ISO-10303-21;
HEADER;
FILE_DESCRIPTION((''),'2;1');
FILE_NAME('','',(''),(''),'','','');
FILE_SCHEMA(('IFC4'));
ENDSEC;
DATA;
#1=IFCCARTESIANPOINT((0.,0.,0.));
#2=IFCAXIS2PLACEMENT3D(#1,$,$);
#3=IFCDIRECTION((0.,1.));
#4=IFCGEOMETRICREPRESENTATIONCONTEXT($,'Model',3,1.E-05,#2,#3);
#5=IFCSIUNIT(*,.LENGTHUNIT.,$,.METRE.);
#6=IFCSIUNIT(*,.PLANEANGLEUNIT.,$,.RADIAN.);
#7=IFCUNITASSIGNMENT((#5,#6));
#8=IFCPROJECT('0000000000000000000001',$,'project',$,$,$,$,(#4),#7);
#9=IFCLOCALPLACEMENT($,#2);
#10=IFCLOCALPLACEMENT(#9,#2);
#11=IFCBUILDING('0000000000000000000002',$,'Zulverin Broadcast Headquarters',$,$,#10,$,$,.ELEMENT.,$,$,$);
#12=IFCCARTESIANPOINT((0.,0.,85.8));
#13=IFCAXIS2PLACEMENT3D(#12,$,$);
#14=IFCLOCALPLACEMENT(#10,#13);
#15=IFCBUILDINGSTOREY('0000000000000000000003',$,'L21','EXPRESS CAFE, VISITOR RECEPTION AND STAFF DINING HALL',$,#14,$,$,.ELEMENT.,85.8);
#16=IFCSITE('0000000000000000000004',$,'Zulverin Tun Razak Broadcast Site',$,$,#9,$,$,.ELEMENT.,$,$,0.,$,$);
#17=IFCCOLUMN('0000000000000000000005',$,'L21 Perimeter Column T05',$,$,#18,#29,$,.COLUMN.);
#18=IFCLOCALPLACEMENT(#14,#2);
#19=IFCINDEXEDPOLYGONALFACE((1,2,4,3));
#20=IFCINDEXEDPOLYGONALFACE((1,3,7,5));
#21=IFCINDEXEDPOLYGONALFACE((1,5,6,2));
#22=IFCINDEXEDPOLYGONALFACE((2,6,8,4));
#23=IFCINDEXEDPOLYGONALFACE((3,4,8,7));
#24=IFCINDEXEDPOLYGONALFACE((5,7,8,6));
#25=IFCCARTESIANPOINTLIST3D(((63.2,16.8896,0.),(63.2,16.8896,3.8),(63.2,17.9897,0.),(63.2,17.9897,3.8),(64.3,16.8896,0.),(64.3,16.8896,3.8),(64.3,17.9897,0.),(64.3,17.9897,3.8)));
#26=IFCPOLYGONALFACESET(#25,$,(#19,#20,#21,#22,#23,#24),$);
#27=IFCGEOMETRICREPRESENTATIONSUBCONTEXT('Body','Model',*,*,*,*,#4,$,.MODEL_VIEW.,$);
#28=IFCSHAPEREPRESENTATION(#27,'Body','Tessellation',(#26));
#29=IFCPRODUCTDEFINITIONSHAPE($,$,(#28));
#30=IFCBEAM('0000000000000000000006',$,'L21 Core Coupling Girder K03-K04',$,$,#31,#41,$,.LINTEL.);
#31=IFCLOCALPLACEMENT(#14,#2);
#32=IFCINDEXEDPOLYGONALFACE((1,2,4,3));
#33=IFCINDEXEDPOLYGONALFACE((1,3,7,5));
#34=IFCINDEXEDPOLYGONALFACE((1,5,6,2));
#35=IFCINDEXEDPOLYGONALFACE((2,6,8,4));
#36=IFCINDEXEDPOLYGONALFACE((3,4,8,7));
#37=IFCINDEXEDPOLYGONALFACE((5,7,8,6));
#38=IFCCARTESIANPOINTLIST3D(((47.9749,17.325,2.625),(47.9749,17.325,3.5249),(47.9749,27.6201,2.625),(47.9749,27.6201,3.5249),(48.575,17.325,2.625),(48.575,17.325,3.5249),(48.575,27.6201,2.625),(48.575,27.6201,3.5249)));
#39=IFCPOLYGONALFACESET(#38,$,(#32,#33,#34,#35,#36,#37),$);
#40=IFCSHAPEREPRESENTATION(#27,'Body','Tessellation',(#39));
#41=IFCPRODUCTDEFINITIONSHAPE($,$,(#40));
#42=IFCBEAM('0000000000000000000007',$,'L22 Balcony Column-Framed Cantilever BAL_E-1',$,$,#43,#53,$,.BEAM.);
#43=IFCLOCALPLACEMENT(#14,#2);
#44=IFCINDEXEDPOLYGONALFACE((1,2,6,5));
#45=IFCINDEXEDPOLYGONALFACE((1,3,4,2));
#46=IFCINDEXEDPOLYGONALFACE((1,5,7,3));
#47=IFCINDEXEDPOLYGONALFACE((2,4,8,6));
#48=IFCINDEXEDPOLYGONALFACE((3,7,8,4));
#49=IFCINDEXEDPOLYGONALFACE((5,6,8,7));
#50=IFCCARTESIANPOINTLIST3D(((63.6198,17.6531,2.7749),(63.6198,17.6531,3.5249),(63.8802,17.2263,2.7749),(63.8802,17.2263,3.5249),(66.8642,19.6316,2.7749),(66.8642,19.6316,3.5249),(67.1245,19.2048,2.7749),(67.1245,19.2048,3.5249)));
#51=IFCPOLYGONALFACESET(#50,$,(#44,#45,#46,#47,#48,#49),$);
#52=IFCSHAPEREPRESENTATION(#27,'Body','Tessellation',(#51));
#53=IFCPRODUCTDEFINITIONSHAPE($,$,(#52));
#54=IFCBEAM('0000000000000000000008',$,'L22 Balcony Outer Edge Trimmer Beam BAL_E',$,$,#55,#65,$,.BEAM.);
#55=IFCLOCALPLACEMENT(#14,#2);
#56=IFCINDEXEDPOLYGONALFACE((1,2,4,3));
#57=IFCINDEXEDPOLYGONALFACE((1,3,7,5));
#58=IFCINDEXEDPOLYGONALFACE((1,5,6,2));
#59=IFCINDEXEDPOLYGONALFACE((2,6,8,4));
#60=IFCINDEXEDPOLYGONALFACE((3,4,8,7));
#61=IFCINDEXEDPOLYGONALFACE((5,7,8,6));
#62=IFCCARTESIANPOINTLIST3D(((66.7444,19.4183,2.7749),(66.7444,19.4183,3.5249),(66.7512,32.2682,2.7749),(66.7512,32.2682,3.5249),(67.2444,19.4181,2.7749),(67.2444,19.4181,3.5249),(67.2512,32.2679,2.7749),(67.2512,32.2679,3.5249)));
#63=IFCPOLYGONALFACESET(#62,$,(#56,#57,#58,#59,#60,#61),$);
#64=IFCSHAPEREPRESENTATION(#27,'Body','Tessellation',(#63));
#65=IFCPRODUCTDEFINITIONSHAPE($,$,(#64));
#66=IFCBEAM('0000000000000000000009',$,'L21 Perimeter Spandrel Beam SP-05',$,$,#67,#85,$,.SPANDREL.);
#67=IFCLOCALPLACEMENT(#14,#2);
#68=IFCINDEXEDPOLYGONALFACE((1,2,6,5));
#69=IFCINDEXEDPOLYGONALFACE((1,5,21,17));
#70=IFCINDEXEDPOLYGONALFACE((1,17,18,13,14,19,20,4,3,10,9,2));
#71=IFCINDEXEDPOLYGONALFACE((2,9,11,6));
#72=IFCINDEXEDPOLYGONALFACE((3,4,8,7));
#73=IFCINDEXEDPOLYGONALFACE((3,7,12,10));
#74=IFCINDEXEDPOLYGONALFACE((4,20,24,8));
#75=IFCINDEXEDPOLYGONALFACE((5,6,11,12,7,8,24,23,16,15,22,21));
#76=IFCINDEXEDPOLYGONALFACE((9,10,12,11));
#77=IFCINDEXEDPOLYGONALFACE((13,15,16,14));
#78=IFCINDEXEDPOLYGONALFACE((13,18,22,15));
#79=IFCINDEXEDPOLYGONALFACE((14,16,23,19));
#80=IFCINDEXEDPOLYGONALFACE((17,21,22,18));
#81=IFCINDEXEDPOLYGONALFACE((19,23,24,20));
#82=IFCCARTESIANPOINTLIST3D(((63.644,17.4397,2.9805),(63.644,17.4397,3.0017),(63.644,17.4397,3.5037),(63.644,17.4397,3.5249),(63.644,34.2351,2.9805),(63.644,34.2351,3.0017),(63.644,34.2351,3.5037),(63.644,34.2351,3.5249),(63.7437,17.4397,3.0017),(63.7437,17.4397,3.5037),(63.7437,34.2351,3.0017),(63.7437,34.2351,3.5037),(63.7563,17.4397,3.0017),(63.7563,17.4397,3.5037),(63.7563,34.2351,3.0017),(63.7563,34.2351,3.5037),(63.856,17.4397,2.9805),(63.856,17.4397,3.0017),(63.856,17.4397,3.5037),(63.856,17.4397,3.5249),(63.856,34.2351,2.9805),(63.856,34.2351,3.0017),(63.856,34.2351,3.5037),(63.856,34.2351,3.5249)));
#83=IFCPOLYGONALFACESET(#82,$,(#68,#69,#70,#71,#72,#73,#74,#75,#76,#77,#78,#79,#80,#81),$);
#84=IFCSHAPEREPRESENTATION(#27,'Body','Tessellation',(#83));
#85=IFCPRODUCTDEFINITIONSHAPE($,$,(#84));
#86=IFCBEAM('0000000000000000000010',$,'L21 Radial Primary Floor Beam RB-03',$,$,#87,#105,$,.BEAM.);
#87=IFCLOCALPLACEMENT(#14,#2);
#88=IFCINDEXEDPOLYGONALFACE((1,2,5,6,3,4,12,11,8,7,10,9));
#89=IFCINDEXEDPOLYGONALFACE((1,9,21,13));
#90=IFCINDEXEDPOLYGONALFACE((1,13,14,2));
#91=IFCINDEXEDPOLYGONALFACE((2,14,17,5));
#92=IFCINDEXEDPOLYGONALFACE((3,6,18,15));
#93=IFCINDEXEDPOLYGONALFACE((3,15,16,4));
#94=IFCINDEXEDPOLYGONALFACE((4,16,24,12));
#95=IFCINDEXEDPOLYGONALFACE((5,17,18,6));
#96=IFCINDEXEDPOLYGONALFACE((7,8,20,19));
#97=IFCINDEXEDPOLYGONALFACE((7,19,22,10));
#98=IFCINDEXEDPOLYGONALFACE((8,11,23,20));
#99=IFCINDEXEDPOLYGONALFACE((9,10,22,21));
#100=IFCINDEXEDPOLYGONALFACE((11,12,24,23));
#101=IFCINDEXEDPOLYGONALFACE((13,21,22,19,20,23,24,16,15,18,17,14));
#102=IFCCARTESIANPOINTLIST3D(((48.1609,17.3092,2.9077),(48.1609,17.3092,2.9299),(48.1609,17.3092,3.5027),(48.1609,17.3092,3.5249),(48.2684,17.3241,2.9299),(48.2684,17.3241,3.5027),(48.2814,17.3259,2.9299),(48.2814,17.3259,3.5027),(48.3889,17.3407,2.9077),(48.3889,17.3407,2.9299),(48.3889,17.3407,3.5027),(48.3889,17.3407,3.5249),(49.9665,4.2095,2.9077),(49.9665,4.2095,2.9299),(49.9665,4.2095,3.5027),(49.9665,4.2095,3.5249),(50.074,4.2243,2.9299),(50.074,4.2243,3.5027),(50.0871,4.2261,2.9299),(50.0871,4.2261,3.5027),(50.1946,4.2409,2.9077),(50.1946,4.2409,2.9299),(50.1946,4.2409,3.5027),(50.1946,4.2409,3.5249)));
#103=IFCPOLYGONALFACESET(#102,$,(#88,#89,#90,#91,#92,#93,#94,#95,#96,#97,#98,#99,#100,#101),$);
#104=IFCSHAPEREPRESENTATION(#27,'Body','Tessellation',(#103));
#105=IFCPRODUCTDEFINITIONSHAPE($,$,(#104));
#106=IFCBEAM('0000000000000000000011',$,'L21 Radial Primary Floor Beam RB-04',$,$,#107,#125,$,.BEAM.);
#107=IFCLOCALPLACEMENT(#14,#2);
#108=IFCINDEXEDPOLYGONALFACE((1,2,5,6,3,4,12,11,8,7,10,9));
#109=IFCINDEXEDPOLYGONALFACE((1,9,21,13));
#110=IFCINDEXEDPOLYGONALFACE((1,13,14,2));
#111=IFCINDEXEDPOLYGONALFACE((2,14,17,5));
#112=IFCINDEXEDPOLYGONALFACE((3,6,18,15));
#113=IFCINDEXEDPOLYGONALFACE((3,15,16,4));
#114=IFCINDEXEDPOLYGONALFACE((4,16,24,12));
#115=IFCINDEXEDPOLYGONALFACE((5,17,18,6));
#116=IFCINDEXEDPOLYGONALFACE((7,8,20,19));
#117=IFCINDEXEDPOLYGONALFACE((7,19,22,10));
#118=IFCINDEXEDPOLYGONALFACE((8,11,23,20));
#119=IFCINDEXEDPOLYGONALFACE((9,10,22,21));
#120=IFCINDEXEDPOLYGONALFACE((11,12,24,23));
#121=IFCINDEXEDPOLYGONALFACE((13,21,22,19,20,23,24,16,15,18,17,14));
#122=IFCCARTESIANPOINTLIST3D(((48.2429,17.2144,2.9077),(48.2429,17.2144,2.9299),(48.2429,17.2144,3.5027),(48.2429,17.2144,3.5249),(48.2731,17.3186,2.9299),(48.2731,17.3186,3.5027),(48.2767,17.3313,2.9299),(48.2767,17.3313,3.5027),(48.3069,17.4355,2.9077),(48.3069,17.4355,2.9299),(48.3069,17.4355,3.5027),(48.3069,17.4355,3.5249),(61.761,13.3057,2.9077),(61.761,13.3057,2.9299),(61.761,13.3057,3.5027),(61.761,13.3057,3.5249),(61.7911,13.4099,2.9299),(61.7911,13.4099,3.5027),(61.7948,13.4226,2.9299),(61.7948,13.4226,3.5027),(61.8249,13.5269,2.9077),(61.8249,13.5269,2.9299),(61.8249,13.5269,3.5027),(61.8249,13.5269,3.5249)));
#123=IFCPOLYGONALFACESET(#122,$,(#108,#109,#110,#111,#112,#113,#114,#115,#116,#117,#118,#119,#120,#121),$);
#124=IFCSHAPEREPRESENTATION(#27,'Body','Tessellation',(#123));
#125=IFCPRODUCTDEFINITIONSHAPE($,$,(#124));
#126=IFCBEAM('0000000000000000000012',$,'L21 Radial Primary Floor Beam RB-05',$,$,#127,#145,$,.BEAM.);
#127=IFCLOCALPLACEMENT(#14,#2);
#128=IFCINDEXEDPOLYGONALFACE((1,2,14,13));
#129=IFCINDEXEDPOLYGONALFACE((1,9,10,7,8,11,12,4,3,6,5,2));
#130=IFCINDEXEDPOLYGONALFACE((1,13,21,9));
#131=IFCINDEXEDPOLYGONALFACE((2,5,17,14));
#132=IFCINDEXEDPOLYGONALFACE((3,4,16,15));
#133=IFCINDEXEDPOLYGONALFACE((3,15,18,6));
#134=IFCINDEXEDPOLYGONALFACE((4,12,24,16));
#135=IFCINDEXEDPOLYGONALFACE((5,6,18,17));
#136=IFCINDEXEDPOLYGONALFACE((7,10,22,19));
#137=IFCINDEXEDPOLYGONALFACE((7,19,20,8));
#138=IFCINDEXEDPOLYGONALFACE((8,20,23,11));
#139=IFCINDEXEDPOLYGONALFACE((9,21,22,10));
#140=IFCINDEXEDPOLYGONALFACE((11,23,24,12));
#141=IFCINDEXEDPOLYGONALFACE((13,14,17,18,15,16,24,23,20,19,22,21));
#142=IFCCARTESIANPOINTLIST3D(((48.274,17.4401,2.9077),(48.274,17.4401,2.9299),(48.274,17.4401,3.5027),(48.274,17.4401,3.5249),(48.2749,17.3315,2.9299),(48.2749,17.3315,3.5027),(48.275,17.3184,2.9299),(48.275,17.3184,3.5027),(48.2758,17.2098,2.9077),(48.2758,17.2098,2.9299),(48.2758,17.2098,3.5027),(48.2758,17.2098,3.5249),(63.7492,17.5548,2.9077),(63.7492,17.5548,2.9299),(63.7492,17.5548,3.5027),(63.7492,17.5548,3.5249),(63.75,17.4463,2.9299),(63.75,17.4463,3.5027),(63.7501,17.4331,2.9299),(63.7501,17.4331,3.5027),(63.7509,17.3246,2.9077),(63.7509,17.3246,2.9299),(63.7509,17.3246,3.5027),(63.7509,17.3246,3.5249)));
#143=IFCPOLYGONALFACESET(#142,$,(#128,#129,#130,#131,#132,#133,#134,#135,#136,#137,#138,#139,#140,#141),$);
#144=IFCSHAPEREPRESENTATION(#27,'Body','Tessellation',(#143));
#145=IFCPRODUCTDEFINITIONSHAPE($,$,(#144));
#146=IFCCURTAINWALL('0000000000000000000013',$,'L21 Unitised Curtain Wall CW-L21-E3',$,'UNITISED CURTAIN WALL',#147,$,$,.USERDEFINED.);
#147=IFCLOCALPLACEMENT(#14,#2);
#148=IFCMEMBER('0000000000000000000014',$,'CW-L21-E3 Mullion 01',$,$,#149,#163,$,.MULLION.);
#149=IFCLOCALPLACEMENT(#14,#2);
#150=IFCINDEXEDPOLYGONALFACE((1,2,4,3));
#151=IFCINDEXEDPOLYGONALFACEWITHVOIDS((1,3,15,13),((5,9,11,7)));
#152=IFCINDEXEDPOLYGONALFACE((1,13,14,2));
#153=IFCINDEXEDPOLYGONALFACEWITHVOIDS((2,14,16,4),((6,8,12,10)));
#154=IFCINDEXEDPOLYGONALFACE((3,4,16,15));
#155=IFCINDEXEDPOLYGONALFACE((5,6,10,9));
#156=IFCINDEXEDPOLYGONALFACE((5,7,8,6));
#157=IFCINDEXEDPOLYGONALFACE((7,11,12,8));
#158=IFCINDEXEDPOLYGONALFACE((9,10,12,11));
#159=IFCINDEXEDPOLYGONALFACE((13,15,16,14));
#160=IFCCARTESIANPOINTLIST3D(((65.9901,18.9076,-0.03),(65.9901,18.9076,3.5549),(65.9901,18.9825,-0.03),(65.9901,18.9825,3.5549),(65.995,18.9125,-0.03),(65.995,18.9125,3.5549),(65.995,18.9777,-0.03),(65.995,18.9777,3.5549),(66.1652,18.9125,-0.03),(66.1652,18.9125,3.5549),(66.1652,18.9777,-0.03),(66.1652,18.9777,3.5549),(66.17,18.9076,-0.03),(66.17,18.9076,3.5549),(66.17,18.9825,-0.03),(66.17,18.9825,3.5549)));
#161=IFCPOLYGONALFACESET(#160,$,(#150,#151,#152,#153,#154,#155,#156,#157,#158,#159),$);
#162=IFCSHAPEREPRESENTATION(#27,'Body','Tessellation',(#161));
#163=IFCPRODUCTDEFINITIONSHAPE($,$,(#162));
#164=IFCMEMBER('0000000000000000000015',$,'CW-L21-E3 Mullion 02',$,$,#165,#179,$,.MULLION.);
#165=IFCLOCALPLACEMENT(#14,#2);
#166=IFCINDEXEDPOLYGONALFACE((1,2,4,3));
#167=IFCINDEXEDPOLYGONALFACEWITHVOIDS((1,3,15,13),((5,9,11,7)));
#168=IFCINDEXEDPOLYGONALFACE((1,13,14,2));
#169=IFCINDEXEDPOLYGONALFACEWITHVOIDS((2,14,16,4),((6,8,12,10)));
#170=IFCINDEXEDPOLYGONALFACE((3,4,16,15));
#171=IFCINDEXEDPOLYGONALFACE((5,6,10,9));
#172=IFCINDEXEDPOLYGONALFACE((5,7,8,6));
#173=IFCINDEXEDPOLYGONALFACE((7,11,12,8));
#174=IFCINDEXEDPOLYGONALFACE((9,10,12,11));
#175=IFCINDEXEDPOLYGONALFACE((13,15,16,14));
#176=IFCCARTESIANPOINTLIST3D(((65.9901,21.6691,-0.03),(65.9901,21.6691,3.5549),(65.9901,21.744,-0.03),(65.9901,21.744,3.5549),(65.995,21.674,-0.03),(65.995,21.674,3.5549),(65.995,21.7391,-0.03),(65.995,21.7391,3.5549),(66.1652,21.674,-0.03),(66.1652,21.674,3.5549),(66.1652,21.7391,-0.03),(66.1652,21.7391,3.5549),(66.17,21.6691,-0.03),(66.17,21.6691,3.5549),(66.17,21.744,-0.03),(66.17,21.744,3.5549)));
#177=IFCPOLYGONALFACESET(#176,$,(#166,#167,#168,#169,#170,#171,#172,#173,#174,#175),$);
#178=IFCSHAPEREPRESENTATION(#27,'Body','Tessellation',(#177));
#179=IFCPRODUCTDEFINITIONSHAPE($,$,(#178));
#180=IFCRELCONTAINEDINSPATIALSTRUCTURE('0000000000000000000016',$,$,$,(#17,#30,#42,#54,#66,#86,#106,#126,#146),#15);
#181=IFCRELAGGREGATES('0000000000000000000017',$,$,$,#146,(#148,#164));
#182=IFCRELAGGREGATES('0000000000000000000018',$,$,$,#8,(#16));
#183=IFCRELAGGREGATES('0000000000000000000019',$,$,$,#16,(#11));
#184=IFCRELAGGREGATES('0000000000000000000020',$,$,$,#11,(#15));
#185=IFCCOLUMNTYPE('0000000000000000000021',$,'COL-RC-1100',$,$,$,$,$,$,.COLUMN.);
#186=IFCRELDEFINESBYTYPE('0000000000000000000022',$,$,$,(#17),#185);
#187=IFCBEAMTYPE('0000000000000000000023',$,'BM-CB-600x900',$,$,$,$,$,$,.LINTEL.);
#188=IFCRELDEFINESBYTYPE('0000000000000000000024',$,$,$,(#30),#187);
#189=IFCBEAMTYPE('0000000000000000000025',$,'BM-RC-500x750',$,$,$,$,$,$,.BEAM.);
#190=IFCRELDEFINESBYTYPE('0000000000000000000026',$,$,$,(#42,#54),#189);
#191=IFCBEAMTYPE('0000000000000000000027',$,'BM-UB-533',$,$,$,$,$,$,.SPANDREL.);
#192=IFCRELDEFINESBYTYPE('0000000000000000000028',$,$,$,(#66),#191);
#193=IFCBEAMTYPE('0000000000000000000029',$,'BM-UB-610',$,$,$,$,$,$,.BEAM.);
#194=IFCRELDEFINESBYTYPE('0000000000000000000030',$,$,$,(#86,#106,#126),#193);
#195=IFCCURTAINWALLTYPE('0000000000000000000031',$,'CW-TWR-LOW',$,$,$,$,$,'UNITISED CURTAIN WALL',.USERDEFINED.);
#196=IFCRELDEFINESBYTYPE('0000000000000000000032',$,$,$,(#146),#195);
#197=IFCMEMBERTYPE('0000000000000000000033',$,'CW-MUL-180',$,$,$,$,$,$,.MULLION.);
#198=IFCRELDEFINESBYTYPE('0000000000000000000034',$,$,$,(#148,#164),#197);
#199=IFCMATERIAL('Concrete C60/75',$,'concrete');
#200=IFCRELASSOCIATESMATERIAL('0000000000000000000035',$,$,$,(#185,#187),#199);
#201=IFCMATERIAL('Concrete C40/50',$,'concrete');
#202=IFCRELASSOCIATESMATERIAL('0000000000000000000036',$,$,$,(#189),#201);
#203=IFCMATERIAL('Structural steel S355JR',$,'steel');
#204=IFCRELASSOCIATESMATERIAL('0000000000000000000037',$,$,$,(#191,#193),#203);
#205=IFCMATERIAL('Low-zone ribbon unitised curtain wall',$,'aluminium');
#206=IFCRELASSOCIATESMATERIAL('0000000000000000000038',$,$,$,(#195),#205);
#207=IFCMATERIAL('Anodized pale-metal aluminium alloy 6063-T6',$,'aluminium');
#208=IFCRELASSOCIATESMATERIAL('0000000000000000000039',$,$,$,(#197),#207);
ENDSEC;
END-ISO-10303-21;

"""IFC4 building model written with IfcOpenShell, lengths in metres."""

from ifc_helpers import new_model, si_unit, direction, frame, origin, origin_2d, place, context, subcontext, project, spatial, rectangle, hollow_rectangle, i_section, extrude, material, material_profile, profile_set, type_object, element, aggregate, save


model = new_model("IFC4")

# Units and contexts
model_context = context("Model", 3, precision=1e-05, world=origin(), true_north=direction((0.0, 1.0)))
body_context = subcontext(model_context, "Body", "Model", "MODEL_VIEW")
ifc_project = project(units=[si_unit("LENGTHUNIT", "METRE"), si_unit("PLANEANGLEUNIT", "RADIAN")], contexts=[model_context])

# Site, building, storey
site_placement = place(None, origin())
site = spatial("IfcSite", under=ifc_project, at=site_placement, Name="Zulverin Tun Razak Broadcast Site", CompositionType="ELEMENT", RefElevation=0.0)
building_placement = place(site_placement, origin())
building = spatial("IfcBuilding", under=site, at=building_placement, Name="Zulverin Broadcast Headquarters", CompositionType="ELEMENT")
storey_placement = place(building_placement, frame((0.0, 0.0, 85.8)))
storey = spatial("IfcBuildingStorey", under=building, at=storey_placement, Name="L21", Description="EXPRESS CAFE, VISITOR RECEPTION AND STAFF DINING HALL", CompositionType="ELEMENT", Elevation=85.8)

# Column
ifc_material_1 = material(Name="Concrete C60/75", Category="concrete")
ifc_material_profile_1 = material_profile(ifc_material_1, rectangle(XDim=1.1001, YDim=1.1001, at=origin_2d()), Name="Concrete C60/75", Category="concrete")
ifc_profile_set_1 = profile_set([ifc_material_profile_1], Name="Concrete C60/75")
column_type = type_object("IfcColumnType", Name="COL-RC-1100", PredefinedType="COLUMN", material=ifc_profile_set_1)
column_placement = place(storey_placement, frame((63.75, 17.4397, 0.0), z_axis=(0.0, 0.0, 1.0), x_axis=(1.0, 0.0, 0.0)))
element("IfcColumn", 1, at=column_placement, inside=storey, type_object=column_type, Name="L21 Perimeter Column T05", PredefinedType="COLUMN", context=body_context, shape_type="SweptSolid", body=[
    extrude(rectangle(XDim=1.1001, YDim=1.1001, at=origin_2d()), origin(), (0.0, 0.0, 1.0), 3.8),
])

# Beams
ifc_material_profile_2 = material_profile(ifc_material_1, rectangle(XDim=0.6001, YDim=0.8999, at=origin_2d()), Name="Concrete C60/75", Category="concrete")
ifc_profile_set_2 = profile_set([ifc_material_profile_2], Name="Concrete C60/75")
beam_type_1 = type_object("IfcBeamType", Name="BM-CB-600x900", PredefinedType="LINTEL", material=ifc_profile_set_2)
beam_1_placement = place(storey_placement, frame((48.2749, 17.325, 3.075), z_axis=(0.0, 1.0, 0.0), x_axis=(-1.0, 0.0, 0.0)))
element("IfcBeam", 2, at=beam_1_placement, inside=storey, type_object=beam_type_1, Name="L21 Core Coupling Girder K03-K04", PredefinedType="LINTEL", context=body_context, shape_type="SweptSolid", body=[
    extrude(rectangle(XDim=0.6001, YDim=0.8999, at=origin_2d()), origin(), (0.0, 0.0, 1.0), 10.2952),
])
ifc_material_2 = material(Name="Concrete C40/50", Category="concrete")
ifc_material_profile_3 = material_profile(ifc_material_2, rectangle(XDim=0.5, YDim=0.75, at=origin_2d()), Name="Concrete C40/50", Category="concrete")
ifc_profile_set_3 = profile_set([ifc_material_profile_3], Name="Concrete C40/50")
beam_type_2 = type_object("IfcBeamType", Name="BM-RC-500x750", PredefinedType="BEAM", material=ifc_profile_set_3)
beam_2_placement = place(storey_placement, frame((63.75, 17.4397, 3.1499), z_axis=(0.853769, 0.520652, 0.0), x_axis=(-0.520652, 0.853769, 0.0)))
element("IfcBeam", 3, at=beam_2_placement, inside=storey, type_object=beam_type_2, Name="L22 Balcony Column-Framed Cantilever BAL_E-1", PredefinedType="BEAM", context=body_context, shape_type="SweptSolid", body=[
    extrude(rectangle(XDim=0.5, YDim=0.75, at=origin_2d()), origin(), (0.0, 0.0, 1.0), 3.8),
])
beam_3_placement = place(storey_placement, frame((66.9944, 19.4182, 3.1499), z_axis=(0.000532, 1.0, 0.0), x_axis=(-1.0, 0.000532, 0.0)))
element("IfcBeam", 4, at=beam_3_placement, inside=storey, type_object=beam_type_2, Name="L22 Balcony Outer Edge Trimmer Beam BAL_E", PredefinedType="BEAM", context=body_context, shape_type="SweptSolid", body=[
    extrude(rectangle(XDim=0.5, YDim=0.75, at=origin_2d()), origin(), (0.0, 0.0, 1.0), 12.8499),
])
ifc_material_3 = material(Name="Structural steel S355JR", Category="steel")
ifc_material_profile_4 = material_profile(ifc_material_3, i_section(OverallWidth=0.2119, OverallDepth=0.5444, WebThickness=0.0127, FlangeThickness=0.0212, at=origin_2d()), Name="Structural steel S355JR", Category="steel")
ifc_profile_set_4 = profile_set([ifc_material_profile_4], Name="Structural steel S355JR")
beam_type_3 = type_object("IfcBeamType", Name="BM-UB-533", PredefinedType="SPANDREL", material=ifc_profile_set_4)
beam_4_placement = place(storey_placement, frame((63.75, 17.4397, 3.2527), z_axis=(0.0, 1.0, 0.0), x_axis=(-1.0, 0.0, 0.0)))
element("IfcBeam", 5, at=beam_4_placement, inside=storey, type_object=beam_type_3, Name="L21 Perimeter Spandrel Beam SP-05", PredefinedType="SPANDREL", context=body_context, shape_type="SweptSolid", body=[
    extrude(i_section(OverallWidth=0.2119, OverallDepth=0.5444, WebThickness=0.0127, FlangeThickness=0.0212, at=origin_2d()), origin(), (0.0, 0.0, 1.0), 16.7954),
])
ifc_material_profile_5 = material_profile(ifc_material_3, i_section(OverallWidth=0.2302, OverallDepth=0.6172, WebThickness=0.0132, FlangeThickness=0.0222, at=origin_2d()), Name="Structural steel S355JR", Category="steel")
ifc_profile_set_5 = profile_set([ifc_material_profile_5], Name="Structural steel S355JR")
beam_type_4 = type_object("IfcBeamType", Name="BM-UB-610", PredefinedType="BEAM", material=ifc_profile_set_5)
beam_5_placement = place(storey_placement, frame((48.2749, 17.325, 3.2163), z_axis=(0.136547, -0.990634, 0.0), x_axis=(0.990634, 0.136547, 0.0)))
element("IfcBeam", 6, at=beam_5_placement, inside=storey, type_object=beam_type_4, Name="L21 Radial Primary Floor Beam RB-03", PredefinedType="BEAM", context=body_context, shape_type="SweptSolid", body=[
    extrude(i_section(OverallWidth=0.2302, OverallDepth=0.6172, WebThickness=0.0132, FlangeThickness=0.0222, at=origin_2d()), origin(), (0.0, 0.0, 1.0), 13.2236),
])
beam_6_placement = place(storey_placement, frame((48.2749, 17.325, 3.2163), z_axis=(0.960648, -0.277767, 0.0), x_axis=(0.277767, 0.960648, 0.0)))
element("IfcBeam", 7, at=beam_6_placement, inside=storey, type_object=beam_type_4, Name="L21 Radial Primary Floor Beam RB-04", PredefinedType="BEAM", context=body_context, shape_type="SweptSolid", body=[
    extrude(i_section(OverallWidth=0.2302, OverallDepth=0.6172, WebThickness=0.0132, FlangeThickness=0.0222, at=origin_2d()), origin(), (0.0, 0.0, 1.0), 14.0718),
])
beam_7_placement = place(storey_placement, frame((48.2749, 17.325, 3.2163), z_axis=(0.999973, 0.007415, 0.0), x_axis=(-0.007415, 0.999973, 0.0)))
element("IfcBeam", 8, at=beam_7_placement, inside=storey, type_object=beam_type_4, Name="L21 Radial Primary Floor Beam RB-05", PredefinedType="BEAM", context=body_context, shape_type="SweptSolid", body=[
    extrude(i_section(OverallWidth=0.2302, OverallDepth=0.6172, WebThickness=0.0132, FlangeThickness=0.0222, at=origin_2d()), origin(), (0.0, 0.0, 1.0), 15.4756),
])

# Curtain wall, members
ifc_material_4 = material(Name="Low-zone ribbon unitised curtain wall", Category="aluminium")
curtain_wall_type = type_object("IfcCurtainWallType", Name="CW-TWR-LOW", ElementType="UNITISED CURTAIN WALL", PredefinedType="USERDEFINED", material=ifc_material_4)
curtain_wall_placement = place(storey_placement, origin())
curtain_wall = element("IfcCurtainWall", 9, at=curtain_wall_placement, inside=storey, type_object=curtain_wall_type, Name="L21 Unitised Curtain Wall CW-L21-E3", ObjectType="UNITISED CURTAIN WALL", PredefinedType="USERDEFINED")
ifc_material_5 = material(Name="Anodized pale-metal aluminium alloy 6063-T6", Category="aluminium")
ifc_material_profile_6 = material_profile(ifc_material_5, hollow_rectangle(XDim=0.075, YDim=0.1799, WallThickness=0.0049, at=origin_2d()), Name="Anodized pale-metal aluminium alloy 6063-T6", Category="aluminium")
ifc_profile_set_6 = profile_set([ifc_material_profile_6], Name="Anodized pale-metal aluminium alloy 6063-T6")
member_type = type_object("IfcMemberType", Name="CW-MUL-180", PredefinedType="MULLION", material=ifc_profile_set_6)
member_1_placement = place(storey_placement, frame((66.0801, 18.9451, -0.03), z_axis=(0.0, 0.0, 1.0), x_axis=(0.0, 1.0, 0.0)))
member_1 = element("IfcMember", 10, at=member_1_placement, type_object=member_type, Name="CW-L21-E3 Mullion 01", PredefinedType="MULLION", context=body_context, shape_type="SweptSolid", body=[
    extrude(hollow_rectangle(XDim=0.075, YDim=0.1799, WallThickness=0.0049, at=origin_2d()), origin(), (0.0, 0.0, 1.0), 3.585),
])
member_2_placement = place(storey_placement, frame((66.0801, 21.7065, -0.03), z_axis=(0.0, 0.0, 1.0), x_axis=(0.0, 1.0, 0.0)))
member_2 = element("IfcMember", 11, at=member_2_placement, type_object=member_type, Name="CW-L21-E3 Mullion 02", PredefinedType="MULLION", context=body_context, shape_type="SweptSolid", body=[
    extrude(hollow_rectangle(XDim=0.075, YDim=0.1799, WallThickness=0.0049, at=origin_2d()), origin(), (0.0, 0.0, 1.0), 3.585),
])
aggregate(curtain_wall, [member_1, member_2])

save(model, "model.ifc")
